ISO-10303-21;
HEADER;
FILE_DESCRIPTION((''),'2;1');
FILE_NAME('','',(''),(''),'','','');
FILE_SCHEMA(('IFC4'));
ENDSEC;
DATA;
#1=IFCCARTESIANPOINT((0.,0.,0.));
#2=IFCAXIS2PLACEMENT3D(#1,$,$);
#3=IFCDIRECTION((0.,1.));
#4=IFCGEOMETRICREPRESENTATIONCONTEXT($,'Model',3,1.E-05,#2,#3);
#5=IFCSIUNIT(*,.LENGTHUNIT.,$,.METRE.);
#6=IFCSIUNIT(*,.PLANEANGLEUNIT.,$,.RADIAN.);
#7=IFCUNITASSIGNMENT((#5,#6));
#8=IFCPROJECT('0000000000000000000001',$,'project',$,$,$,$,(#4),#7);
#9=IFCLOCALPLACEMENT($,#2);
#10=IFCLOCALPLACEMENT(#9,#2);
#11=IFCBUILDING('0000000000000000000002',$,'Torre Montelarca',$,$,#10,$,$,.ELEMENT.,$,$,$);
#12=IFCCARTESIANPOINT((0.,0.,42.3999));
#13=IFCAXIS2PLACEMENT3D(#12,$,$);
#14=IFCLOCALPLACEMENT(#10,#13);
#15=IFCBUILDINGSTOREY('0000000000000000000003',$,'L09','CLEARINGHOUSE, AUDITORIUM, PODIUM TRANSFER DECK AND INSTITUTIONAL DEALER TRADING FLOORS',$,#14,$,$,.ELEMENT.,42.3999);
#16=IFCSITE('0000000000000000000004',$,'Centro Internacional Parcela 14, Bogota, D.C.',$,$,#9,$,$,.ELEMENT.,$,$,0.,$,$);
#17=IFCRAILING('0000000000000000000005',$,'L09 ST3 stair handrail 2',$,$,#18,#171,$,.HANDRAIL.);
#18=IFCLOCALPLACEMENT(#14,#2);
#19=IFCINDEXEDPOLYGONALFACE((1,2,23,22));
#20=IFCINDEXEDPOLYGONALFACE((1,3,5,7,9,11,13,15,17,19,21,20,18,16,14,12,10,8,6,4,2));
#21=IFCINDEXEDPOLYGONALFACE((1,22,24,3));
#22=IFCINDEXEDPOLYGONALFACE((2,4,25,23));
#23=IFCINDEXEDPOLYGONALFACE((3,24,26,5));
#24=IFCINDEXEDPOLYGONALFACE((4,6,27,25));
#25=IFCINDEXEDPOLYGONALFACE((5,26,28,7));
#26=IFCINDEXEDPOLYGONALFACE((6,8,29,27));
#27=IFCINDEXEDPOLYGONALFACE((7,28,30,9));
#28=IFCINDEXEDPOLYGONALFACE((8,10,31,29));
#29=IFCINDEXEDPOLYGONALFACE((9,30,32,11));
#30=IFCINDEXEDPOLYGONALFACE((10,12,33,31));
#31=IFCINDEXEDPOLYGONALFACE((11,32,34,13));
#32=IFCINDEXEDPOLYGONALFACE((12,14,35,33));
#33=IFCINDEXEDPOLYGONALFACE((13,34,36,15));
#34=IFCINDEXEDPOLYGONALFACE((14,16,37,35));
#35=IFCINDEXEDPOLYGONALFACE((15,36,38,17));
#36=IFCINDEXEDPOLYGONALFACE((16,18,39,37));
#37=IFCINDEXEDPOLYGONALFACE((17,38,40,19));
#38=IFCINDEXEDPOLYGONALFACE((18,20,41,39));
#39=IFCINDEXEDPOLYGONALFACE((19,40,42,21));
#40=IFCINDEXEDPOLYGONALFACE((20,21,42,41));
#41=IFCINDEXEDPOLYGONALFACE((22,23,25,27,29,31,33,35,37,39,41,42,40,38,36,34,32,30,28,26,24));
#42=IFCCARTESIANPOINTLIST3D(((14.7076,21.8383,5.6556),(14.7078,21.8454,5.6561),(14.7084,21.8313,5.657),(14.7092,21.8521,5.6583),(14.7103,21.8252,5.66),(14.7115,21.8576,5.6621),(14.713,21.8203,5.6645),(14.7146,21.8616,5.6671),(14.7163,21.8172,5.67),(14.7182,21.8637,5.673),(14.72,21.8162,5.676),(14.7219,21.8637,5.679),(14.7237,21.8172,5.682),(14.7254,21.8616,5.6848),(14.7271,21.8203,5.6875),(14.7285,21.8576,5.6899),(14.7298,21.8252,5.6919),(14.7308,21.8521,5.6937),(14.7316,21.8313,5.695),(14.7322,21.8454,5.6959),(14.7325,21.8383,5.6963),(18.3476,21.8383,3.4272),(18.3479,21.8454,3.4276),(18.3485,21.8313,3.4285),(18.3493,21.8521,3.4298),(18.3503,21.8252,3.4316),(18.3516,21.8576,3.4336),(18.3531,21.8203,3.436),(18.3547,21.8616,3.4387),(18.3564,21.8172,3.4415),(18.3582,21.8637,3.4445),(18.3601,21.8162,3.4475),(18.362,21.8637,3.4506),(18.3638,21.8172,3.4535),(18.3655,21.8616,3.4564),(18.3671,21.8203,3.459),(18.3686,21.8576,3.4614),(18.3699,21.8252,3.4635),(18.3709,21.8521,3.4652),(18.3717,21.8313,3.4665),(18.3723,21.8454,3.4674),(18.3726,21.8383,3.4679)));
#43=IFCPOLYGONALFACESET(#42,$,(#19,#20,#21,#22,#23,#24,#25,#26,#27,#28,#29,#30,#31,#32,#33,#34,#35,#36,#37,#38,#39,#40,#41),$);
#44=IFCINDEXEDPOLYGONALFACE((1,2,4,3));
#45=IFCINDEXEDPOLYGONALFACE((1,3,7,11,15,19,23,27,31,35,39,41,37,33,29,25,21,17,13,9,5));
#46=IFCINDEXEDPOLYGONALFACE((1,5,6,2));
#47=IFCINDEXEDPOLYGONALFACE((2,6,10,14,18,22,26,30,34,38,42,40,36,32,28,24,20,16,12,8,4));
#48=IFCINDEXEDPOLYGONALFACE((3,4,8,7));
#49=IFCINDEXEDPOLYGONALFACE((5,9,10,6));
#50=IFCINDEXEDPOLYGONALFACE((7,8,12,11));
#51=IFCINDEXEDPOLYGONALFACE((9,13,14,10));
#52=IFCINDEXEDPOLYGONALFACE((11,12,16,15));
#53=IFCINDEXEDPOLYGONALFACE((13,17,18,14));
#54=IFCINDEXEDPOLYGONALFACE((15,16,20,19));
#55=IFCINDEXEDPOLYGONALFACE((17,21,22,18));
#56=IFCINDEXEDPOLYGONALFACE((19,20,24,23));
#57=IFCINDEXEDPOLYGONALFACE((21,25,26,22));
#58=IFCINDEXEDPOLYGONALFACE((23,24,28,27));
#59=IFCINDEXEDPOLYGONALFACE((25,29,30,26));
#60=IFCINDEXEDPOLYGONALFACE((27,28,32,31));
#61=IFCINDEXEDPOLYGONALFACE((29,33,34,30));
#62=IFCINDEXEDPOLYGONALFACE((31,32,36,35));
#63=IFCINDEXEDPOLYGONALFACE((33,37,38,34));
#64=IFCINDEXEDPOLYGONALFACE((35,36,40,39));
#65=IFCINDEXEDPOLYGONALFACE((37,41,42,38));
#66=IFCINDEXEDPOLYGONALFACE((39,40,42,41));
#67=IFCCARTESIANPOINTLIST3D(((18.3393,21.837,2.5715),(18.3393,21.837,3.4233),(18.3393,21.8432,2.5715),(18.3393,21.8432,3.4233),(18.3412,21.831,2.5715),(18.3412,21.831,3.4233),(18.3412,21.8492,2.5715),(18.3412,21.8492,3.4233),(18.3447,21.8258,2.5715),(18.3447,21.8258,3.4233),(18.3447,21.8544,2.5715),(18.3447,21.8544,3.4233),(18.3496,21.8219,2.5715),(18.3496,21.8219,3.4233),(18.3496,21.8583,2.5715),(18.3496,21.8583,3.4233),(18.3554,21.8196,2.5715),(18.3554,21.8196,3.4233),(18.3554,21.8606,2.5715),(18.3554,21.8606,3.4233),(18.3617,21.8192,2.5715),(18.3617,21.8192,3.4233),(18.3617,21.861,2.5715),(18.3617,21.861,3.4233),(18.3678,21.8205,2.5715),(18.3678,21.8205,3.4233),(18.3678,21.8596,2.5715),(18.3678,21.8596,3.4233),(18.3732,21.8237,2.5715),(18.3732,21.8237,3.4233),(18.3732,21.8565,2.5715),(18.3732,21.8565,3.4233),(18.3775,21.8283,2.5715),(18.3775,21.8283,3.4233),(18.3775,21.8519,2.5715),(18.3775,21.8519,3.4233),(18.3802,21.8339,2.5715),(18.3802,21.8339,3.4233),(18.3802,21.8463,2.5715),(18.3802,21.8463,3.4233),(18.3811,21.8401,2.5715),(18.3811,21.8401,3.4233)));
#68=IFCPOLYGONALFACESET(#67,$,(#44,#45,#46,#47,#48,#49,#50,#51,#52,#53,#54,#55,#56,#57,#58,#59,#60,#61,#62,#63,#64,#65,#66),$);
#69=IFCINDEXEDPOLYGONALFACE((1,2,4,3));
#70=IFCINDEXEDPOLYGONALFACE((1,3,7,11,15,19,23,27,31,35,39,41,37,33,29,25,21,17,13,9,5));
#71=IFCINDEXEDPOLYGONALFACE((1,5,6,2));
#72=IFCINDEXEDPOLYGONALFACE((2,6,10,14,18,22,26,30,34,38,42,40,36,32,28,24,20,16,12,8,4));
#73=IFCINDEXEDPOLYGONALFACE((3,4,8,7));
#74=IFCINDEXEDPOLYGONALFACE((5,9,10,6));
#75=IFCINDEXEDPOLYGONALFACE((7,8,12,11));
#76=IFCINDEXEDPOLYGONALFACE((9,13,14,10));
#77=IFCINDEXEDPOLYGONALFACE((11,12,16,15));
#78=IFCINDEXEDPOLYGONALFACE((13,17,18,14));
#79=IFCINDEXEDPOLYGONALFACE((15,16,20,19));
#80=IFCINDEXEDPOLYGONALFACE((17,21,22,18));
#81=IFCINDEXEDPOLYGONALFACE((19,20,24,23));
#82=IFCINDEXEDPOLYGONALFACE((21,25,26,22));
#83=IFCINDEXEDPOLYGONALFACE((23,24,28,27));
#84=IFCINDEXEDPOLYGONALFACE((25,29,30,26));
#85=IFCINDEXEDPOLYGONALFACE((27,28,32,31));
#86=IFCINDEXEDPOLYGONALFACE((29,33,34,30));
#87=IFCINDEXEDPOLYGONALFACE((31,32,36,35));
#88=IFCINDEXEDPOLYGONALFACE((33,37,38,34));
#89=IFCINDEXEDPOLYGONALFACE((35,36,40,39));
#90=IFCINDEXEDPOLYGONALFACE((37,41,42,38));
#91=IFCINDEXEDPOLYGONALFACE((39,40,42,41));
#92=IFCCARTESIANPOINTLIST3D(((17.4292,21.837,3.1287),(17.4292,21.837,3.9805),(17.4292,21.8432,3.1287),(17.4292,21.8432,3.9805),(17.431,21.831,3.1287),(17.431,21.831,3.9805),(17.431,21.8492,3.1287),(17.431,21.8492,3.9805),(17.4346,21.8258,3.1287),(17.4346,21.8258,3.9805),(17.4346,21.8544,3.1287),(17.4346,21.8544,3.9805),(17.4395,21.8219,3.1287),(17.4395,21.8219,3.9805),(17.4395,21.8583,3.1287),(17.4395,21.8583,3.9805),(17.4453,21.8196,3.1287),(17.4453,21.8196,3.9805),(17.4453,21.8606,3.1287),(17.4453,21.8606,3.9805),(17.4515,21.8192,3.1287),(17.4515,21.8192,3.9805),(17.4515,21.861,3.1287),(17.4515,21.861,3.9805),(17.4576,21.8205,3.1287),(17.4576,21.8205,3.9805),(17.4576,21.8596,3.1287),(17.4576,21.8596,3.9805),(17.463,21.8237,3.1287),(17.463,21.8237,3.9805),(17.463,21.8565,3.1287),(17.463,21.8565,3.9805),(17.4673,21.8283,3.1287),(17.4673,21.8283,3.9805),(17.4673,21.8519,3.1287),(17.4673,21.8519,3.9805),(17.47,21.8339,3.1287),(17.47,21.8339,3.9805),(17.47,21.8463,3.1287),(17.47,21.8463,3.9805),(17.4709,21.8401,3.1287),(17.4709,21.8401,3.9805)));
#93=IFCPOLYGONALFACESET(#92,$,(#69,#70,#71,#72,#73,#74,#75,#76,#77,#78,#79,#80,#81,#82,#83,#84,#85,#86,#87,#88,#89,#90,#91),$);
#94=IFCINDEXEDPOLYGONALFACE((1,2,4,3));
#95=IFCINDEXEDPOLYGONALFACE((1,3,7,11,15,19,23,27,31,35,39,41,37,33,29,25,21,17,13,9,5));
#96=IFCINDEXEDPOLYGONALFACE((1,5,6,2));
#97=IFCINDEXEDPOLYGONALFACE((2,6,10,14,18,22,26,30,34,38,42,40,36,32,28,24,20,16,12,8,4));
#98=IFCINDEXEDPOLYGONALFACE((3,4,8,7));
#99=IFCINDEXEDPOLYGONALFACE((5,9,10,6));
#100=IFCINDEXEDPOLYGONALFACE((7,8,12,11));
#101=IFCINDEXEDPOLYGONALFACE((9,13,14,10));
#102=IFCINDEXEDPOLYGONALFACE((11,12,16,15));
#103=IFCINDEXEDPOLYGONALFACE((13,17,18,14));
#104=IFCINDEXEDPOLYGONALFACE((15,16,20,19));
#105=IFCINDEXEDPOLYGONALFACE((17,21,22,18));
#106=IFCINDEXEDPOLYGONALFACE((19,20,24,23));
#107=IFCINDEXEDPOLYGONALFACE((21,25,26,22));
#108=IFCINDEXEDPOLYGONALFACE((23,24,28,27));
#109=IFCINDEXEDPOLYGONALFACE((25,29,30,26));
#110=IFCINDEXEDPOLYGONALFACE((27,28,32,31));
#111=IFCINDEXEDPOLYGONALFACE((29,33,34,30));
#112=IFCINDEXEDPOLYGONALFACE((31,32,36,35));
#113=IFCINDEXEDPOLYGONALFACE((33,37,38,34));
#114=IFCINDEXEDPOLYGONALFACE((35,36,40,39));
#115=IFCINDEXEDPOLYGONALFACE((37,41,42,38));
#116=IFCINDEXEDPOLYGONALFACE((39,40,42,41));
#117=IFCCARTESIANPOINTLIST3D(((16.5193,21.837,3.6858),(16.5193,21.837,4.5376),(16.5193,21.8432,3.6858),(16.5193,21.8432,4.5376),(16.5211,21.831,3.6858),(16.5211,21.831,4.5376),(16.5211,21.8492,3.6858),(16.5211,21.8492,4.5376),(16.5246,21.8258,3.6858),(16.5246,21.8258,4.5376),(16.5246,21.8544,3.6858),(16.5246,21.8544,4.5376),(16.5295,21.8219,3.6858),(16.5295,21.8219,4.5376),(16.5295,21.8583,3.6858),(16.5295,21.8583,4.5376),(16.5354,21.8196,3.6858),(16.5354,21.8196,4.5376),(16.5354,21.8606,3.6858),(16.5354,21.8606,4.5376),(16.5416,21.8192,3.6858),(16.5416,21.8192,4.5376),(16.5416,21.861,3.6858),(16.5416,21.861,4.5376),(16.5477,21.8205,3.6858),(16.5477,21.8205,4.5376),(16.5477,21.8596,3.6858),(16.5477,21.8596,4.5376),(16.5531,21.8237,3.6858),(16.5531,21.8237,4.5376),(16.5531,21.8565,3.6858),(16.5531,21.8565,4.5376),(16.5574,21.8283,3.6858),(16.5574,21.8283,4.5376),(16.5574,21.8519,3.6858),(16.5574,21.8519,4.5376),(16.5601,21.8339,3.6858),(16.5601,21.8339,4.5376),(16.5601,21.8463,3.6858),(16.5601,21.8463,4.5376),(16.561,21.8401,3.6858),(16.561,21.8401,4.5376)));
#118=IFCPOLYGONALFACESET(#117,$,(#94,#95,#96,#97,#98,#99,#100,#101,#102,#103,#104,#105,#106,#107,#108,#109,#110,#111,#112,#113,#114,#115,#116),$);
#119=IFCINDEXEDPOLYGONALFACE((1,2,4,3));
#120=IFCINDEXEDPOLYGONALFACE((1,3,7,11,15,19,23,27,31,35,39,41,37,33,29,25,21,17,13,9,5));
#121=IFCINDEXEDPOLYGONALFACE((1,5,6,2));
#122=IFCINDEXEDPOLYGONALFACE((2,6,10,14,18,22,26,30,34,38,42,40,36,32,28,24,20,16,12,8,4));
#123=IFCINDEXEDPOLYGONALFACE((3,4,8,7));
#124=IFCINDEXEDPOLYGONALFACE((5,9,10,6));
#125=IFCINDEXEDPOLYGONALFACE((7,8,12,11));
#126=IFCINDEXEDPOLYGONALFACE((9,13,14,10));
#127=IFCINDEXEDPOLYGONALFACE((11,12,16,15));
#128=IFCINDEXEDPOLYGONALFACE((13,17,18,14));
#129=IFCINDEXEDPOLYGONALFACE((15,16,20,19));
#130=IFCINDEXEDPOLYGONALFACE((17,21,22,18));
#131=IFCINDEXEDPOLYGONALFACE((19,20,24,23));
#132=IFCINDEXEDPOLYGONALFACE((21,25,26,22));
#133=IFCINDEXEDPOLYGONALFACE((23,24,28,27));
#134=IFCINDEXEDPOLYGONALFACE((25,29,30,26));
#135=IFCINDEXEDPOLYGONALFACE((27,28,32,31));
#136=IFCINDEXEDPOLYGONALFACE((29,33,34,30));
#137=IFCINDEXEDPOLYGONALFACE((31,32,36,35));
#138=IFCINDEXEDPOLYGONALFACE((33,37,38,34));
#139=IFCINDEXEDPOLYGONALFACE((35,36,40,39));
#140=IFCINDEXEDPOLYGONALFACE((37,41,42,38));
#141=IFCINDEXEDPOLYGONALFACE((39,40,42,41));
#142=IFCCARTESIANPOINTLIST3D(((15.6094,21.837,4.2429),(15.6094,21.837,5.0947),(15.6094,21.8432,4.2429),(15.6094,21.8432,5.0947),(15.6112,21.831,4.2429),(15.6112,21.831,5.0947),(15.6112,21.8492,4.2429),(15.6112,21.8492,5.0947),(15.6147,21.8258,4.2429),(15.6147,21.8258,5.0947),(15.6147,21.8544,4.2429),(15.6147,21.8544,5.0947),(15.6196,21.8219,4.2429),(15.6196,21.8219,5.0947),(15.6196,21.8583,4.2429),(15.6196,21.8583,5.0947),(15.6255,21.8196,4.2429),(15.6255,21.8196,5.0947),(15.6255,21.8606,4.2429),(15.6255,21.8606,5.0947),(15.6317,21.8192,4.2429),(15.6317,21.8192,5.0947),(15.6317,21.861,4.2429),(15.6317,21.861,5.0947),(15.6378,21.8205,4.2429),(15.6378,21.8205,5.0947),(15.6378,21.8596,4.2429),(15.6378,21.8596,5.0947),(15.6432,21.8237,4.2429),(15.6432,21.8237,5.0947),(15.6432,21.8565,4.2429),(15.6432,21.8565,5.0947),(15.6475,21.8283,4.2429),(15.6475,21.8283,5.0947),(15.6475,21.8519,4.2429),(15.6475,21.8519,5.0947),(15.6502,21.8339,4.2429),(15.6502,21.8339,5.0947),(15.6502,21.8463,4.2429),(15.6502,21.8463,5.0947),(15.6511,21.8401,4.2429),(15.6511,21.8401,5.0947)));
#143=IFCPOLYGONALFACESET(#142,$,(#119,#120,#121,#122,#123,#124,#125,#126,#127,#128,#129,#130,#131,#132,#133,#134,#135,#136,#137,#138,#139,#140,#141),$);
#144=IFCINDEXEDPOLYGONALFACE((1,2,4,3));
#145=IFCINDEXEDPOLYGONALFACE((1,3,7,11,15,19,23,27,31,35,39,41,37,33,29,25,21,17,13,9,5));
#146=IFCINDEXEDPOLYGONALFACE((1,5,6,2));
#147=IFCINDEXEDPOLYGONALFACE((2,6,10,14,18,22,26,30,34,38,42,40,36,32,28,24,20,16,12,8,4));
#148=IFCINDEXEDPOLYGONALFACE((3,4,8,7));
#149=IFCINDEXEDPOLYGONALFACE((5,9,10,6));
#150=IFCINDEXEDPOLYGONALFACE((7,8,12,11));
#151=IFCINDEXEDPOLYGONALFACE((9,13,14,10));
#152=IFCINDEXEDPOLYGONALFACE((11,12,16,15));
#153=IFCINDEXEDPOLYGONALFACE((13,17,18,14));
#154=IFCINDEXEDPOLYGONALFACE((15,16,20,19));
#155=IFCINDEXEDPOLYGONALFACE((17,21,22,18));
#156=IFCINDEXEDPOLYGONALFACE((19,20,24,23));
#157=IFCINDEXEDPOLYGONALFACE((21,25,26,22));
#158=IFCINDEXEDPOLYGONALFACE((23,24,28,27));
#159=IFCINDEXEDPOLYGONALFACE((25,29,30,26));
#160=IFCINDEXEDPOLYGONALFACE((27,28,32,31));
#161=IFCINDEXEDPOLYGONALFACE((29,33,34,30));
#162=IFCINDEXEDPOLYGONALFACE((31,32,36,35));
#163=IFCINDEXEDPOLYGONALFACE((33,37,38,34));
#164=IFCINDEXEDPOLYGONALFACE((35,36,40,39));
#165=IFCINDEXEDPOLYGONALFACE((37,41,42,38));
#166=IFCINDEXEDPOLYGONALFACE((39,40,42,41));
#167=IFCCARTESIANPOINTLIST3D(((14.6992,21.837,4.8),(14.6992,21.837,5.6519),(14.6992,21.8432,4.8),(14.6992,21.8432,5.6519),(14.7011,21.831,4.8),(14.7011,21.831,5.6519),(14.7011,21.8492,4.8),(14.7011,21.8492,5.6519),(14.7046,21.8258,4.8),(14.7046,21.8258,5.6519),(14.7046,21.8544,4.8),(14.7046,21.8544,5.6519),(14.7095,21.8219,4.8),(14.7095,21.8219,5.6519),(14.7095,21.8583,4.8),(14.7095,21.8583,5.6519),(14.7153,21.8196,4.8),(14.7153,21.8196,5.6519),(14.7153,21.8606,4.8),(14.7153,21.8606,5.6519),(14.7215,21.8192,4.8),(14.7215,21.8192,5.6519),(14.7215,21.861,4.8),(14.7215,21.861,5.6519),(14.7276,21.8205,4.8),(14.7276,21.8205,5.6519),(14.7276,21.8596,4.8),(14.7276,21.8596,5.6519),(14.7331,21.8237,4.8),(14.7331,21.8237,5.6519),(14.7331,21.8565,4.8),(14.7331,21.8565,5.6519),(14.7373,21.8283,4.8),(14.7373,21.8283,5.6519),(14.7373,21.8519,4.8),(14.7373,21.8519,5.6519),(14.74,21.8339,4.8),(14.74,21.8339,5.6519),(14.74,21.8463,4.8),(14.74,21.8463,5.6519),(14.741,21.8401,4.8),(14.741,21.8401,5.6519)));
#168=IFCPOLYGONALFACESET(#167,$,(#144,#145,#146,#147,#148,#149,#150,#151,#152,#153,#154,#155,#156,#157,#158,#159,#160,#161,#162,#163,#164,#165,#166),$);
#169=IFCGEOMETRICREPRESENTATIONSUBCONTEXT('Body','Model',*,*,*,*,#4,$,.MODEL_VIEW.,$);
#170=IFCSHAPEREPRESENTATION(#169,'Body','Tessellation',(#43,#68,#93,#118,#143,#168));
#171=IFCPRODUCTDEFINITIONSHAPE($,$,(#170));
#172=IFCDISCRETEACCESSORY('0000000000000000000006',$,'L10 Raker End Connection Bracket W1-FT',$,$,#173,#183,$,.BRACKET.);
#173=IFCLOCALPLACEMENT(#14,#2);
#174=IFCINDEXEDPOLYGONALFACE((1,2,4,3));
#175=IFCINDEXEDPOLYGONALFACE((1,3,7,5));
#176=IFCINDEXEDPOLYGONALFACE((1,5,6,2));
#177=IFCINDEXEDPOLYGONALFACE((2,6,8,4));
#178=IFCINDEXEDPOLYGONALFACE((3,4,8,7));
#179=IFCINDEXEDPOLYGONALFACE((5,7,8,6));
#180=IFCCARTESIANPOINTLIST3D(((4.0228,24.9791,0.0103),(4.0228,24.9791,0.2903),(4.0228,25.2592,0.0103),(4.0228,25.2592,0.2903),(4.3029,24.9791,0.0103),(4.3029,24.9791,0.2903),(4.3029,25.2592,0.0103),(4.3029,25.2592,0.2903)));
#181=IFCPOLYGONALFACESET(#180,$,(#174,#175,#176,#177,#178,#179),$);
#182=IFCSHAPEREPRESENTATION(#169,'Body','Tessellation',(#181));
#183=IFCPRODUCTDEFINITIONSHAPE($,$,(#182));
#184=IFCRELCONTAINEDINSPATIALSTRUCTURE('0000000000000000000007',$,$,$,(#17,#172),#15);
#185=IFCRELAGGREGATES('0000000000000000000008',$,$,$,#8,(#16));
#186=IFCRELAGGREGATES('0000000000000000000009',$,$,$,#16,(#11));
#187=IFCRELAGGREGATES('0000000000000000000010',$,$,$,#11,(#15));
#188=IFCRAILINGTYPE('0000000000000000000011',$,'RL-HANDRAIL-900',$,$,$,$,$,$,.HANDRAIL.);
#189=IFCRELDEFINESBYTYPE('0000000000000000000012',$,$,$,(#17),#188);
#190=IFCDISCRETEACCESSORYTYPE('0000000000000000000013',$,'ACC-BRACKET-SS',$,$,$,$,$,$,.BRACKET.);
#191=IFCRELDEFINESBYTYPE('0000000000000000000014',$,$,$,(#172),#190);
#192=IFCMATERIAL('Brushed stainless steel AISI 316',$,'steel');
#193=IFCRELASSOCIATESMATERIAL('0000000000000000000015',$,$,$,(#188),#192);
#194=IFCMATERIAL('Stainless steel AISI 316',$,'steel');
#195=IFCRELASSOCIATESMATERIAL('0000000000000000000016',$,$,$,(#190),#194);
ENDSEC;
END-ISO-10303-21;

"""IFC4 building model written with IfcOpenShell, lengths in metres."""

from ifc_helpers import new_model, si_unit, direction, frame, origin, origin_2d, place, context, subcontext, project, spatial, rectangle, circle, extrude, source, transform, mapped, material, type_object, element, save


model = new_model("IFC4")

# Units and contexts
model_context = context("Model", 3, precision=1e-05, world=origin(), true_north=direction((0.0, 1.0)))
body_context = subcontext(model_context, "Body", "Model", "MODEL_VIEW")
ifc_project = project(units=[si_unit("LENGTHUNIT", "METRE"), si_unit("PLANEANGLEUNIT", "RADIAN")], contexts=[model_context])

# Site, building, storey
site_placement = place(None, origin())
site = spatial("IfcSite", under=ifc_project, at=site_placement, Name="Centro Internacional Parcela 14, Bogota, D.C.", CompositionType="ELEMENT", RefElevation=0.0)
building_placement = place(site_placement, origin())
building = spatial("IfcBuilding", under=site, at=building_placement, Name="Torre Montelarca", CompositionType="ELEMENT")
storey_placement = place(building_placement, frame((0.0, 0.0, 42.3999)))
storey = spatial("IfcBuildingStorey", under=building, at=storey_placement, Name="L09", Description="CLEARINGHOUSE, AUDITORIUM, PODIUM TRANSFER DECK AND INSTITUTIONAL DEALER TRADING FLOORS", CompositionType="ELEMENT", Elevation=42.3999)

# Railing
ifc_material_1 = material(Name="Brushed stainless steel AISI 316", Category="steel")
railing_type_1 = type_object("IfcRailingType", Name="RL-HANDRAIL-900", PredefinedType="HANDRAIL", material=ifc_material_1)
railing_1_placement = place(storey_placement, frame((18.3601, 21.8401, 2.5715)))
element("IfcRailing", 1, at=railing_1_placement, inside=storey, type_object=railing_type_1, Name="L09 ST3 stair handrail 2", PredefinedType="HANDRAIL", context=body_context, shape_type="SweptSolid", body=[
    extrude(circle(Radius=0.0239, at=origin_2d()), frame((0.0, 0.0, 0.876), z_axis=(-0.852866, 0.0, 0.52213), x_axis=(0.0, -1.0, 0.0)), (0.0, 0.0, 1.0), 4.2681),
    extrude(circle(Radius=0.021, at=origin_2d()), origin(), (0.0, 0.0, 1.0), 0.8518),
    extrude(circle(Radius=0.021, at=origin_2d()), frame((-0.9102, 0.0, 0.5571)), (0.0, 0.0, 1.0), 0.8518),
    extrude(circle(Radius=0.021, at=origin_2d()), frame((-1.8201, 0.0, 1.1143)), (0.0, 0.0, 1.0), 0.8518),
    extrude(circle(Radius=0.021, at=origin_2d()), frame((-2.73, 0.0, 1.6714)), (0.0, 0.0, 1.0), 0.8518),
    extrude(circle(Radius=0.021, at=origin_2d()), frame((-3.6401, 0.0, 2.2285)), (0.0, 0.0, 1.0), 0.8518),
])

# Discrete accessory
ifc_material_2 = material(Name="Stainless steel AISI 316", Category="steel")
discrete_accessory_type = type_object("IfcDiscreteAccessoryType", Name="ACC-BRACKET-SS", PredefinedType="BRACKET", material=ifc_material_2)
shared_shape_1 = source(origin(), body_context, "Body", "SweptSolid", [
    extrude(rectangle(XDim=0.28, YDim=0.28, at=origin_2d()), origin(), (0.0, 0.0, 1.0), 0.28),
])
discrete_accessory_placement = place(storey_placement, frame((4.1628, 25.1191, 0.0103), z_axis=(0.0, 0.0, 1.0), x_axis=(1.0, 0.0, 0.0)))
element("IfcDiscreteAccessory", 2, at=discrete_accessory_placement, inside=storey, type_object=discrete_accessory_type, Name="L10 Raker End Connection Bracket W1-FT", PredefinedType="BRACKET", context=body_context, shape_type="MappedRepresentation", body=[
    mapped(shared_shape_1, transform((0.0, 0.0, 0.0), scale=1.0)),
])

save(model, "model.ifc")
